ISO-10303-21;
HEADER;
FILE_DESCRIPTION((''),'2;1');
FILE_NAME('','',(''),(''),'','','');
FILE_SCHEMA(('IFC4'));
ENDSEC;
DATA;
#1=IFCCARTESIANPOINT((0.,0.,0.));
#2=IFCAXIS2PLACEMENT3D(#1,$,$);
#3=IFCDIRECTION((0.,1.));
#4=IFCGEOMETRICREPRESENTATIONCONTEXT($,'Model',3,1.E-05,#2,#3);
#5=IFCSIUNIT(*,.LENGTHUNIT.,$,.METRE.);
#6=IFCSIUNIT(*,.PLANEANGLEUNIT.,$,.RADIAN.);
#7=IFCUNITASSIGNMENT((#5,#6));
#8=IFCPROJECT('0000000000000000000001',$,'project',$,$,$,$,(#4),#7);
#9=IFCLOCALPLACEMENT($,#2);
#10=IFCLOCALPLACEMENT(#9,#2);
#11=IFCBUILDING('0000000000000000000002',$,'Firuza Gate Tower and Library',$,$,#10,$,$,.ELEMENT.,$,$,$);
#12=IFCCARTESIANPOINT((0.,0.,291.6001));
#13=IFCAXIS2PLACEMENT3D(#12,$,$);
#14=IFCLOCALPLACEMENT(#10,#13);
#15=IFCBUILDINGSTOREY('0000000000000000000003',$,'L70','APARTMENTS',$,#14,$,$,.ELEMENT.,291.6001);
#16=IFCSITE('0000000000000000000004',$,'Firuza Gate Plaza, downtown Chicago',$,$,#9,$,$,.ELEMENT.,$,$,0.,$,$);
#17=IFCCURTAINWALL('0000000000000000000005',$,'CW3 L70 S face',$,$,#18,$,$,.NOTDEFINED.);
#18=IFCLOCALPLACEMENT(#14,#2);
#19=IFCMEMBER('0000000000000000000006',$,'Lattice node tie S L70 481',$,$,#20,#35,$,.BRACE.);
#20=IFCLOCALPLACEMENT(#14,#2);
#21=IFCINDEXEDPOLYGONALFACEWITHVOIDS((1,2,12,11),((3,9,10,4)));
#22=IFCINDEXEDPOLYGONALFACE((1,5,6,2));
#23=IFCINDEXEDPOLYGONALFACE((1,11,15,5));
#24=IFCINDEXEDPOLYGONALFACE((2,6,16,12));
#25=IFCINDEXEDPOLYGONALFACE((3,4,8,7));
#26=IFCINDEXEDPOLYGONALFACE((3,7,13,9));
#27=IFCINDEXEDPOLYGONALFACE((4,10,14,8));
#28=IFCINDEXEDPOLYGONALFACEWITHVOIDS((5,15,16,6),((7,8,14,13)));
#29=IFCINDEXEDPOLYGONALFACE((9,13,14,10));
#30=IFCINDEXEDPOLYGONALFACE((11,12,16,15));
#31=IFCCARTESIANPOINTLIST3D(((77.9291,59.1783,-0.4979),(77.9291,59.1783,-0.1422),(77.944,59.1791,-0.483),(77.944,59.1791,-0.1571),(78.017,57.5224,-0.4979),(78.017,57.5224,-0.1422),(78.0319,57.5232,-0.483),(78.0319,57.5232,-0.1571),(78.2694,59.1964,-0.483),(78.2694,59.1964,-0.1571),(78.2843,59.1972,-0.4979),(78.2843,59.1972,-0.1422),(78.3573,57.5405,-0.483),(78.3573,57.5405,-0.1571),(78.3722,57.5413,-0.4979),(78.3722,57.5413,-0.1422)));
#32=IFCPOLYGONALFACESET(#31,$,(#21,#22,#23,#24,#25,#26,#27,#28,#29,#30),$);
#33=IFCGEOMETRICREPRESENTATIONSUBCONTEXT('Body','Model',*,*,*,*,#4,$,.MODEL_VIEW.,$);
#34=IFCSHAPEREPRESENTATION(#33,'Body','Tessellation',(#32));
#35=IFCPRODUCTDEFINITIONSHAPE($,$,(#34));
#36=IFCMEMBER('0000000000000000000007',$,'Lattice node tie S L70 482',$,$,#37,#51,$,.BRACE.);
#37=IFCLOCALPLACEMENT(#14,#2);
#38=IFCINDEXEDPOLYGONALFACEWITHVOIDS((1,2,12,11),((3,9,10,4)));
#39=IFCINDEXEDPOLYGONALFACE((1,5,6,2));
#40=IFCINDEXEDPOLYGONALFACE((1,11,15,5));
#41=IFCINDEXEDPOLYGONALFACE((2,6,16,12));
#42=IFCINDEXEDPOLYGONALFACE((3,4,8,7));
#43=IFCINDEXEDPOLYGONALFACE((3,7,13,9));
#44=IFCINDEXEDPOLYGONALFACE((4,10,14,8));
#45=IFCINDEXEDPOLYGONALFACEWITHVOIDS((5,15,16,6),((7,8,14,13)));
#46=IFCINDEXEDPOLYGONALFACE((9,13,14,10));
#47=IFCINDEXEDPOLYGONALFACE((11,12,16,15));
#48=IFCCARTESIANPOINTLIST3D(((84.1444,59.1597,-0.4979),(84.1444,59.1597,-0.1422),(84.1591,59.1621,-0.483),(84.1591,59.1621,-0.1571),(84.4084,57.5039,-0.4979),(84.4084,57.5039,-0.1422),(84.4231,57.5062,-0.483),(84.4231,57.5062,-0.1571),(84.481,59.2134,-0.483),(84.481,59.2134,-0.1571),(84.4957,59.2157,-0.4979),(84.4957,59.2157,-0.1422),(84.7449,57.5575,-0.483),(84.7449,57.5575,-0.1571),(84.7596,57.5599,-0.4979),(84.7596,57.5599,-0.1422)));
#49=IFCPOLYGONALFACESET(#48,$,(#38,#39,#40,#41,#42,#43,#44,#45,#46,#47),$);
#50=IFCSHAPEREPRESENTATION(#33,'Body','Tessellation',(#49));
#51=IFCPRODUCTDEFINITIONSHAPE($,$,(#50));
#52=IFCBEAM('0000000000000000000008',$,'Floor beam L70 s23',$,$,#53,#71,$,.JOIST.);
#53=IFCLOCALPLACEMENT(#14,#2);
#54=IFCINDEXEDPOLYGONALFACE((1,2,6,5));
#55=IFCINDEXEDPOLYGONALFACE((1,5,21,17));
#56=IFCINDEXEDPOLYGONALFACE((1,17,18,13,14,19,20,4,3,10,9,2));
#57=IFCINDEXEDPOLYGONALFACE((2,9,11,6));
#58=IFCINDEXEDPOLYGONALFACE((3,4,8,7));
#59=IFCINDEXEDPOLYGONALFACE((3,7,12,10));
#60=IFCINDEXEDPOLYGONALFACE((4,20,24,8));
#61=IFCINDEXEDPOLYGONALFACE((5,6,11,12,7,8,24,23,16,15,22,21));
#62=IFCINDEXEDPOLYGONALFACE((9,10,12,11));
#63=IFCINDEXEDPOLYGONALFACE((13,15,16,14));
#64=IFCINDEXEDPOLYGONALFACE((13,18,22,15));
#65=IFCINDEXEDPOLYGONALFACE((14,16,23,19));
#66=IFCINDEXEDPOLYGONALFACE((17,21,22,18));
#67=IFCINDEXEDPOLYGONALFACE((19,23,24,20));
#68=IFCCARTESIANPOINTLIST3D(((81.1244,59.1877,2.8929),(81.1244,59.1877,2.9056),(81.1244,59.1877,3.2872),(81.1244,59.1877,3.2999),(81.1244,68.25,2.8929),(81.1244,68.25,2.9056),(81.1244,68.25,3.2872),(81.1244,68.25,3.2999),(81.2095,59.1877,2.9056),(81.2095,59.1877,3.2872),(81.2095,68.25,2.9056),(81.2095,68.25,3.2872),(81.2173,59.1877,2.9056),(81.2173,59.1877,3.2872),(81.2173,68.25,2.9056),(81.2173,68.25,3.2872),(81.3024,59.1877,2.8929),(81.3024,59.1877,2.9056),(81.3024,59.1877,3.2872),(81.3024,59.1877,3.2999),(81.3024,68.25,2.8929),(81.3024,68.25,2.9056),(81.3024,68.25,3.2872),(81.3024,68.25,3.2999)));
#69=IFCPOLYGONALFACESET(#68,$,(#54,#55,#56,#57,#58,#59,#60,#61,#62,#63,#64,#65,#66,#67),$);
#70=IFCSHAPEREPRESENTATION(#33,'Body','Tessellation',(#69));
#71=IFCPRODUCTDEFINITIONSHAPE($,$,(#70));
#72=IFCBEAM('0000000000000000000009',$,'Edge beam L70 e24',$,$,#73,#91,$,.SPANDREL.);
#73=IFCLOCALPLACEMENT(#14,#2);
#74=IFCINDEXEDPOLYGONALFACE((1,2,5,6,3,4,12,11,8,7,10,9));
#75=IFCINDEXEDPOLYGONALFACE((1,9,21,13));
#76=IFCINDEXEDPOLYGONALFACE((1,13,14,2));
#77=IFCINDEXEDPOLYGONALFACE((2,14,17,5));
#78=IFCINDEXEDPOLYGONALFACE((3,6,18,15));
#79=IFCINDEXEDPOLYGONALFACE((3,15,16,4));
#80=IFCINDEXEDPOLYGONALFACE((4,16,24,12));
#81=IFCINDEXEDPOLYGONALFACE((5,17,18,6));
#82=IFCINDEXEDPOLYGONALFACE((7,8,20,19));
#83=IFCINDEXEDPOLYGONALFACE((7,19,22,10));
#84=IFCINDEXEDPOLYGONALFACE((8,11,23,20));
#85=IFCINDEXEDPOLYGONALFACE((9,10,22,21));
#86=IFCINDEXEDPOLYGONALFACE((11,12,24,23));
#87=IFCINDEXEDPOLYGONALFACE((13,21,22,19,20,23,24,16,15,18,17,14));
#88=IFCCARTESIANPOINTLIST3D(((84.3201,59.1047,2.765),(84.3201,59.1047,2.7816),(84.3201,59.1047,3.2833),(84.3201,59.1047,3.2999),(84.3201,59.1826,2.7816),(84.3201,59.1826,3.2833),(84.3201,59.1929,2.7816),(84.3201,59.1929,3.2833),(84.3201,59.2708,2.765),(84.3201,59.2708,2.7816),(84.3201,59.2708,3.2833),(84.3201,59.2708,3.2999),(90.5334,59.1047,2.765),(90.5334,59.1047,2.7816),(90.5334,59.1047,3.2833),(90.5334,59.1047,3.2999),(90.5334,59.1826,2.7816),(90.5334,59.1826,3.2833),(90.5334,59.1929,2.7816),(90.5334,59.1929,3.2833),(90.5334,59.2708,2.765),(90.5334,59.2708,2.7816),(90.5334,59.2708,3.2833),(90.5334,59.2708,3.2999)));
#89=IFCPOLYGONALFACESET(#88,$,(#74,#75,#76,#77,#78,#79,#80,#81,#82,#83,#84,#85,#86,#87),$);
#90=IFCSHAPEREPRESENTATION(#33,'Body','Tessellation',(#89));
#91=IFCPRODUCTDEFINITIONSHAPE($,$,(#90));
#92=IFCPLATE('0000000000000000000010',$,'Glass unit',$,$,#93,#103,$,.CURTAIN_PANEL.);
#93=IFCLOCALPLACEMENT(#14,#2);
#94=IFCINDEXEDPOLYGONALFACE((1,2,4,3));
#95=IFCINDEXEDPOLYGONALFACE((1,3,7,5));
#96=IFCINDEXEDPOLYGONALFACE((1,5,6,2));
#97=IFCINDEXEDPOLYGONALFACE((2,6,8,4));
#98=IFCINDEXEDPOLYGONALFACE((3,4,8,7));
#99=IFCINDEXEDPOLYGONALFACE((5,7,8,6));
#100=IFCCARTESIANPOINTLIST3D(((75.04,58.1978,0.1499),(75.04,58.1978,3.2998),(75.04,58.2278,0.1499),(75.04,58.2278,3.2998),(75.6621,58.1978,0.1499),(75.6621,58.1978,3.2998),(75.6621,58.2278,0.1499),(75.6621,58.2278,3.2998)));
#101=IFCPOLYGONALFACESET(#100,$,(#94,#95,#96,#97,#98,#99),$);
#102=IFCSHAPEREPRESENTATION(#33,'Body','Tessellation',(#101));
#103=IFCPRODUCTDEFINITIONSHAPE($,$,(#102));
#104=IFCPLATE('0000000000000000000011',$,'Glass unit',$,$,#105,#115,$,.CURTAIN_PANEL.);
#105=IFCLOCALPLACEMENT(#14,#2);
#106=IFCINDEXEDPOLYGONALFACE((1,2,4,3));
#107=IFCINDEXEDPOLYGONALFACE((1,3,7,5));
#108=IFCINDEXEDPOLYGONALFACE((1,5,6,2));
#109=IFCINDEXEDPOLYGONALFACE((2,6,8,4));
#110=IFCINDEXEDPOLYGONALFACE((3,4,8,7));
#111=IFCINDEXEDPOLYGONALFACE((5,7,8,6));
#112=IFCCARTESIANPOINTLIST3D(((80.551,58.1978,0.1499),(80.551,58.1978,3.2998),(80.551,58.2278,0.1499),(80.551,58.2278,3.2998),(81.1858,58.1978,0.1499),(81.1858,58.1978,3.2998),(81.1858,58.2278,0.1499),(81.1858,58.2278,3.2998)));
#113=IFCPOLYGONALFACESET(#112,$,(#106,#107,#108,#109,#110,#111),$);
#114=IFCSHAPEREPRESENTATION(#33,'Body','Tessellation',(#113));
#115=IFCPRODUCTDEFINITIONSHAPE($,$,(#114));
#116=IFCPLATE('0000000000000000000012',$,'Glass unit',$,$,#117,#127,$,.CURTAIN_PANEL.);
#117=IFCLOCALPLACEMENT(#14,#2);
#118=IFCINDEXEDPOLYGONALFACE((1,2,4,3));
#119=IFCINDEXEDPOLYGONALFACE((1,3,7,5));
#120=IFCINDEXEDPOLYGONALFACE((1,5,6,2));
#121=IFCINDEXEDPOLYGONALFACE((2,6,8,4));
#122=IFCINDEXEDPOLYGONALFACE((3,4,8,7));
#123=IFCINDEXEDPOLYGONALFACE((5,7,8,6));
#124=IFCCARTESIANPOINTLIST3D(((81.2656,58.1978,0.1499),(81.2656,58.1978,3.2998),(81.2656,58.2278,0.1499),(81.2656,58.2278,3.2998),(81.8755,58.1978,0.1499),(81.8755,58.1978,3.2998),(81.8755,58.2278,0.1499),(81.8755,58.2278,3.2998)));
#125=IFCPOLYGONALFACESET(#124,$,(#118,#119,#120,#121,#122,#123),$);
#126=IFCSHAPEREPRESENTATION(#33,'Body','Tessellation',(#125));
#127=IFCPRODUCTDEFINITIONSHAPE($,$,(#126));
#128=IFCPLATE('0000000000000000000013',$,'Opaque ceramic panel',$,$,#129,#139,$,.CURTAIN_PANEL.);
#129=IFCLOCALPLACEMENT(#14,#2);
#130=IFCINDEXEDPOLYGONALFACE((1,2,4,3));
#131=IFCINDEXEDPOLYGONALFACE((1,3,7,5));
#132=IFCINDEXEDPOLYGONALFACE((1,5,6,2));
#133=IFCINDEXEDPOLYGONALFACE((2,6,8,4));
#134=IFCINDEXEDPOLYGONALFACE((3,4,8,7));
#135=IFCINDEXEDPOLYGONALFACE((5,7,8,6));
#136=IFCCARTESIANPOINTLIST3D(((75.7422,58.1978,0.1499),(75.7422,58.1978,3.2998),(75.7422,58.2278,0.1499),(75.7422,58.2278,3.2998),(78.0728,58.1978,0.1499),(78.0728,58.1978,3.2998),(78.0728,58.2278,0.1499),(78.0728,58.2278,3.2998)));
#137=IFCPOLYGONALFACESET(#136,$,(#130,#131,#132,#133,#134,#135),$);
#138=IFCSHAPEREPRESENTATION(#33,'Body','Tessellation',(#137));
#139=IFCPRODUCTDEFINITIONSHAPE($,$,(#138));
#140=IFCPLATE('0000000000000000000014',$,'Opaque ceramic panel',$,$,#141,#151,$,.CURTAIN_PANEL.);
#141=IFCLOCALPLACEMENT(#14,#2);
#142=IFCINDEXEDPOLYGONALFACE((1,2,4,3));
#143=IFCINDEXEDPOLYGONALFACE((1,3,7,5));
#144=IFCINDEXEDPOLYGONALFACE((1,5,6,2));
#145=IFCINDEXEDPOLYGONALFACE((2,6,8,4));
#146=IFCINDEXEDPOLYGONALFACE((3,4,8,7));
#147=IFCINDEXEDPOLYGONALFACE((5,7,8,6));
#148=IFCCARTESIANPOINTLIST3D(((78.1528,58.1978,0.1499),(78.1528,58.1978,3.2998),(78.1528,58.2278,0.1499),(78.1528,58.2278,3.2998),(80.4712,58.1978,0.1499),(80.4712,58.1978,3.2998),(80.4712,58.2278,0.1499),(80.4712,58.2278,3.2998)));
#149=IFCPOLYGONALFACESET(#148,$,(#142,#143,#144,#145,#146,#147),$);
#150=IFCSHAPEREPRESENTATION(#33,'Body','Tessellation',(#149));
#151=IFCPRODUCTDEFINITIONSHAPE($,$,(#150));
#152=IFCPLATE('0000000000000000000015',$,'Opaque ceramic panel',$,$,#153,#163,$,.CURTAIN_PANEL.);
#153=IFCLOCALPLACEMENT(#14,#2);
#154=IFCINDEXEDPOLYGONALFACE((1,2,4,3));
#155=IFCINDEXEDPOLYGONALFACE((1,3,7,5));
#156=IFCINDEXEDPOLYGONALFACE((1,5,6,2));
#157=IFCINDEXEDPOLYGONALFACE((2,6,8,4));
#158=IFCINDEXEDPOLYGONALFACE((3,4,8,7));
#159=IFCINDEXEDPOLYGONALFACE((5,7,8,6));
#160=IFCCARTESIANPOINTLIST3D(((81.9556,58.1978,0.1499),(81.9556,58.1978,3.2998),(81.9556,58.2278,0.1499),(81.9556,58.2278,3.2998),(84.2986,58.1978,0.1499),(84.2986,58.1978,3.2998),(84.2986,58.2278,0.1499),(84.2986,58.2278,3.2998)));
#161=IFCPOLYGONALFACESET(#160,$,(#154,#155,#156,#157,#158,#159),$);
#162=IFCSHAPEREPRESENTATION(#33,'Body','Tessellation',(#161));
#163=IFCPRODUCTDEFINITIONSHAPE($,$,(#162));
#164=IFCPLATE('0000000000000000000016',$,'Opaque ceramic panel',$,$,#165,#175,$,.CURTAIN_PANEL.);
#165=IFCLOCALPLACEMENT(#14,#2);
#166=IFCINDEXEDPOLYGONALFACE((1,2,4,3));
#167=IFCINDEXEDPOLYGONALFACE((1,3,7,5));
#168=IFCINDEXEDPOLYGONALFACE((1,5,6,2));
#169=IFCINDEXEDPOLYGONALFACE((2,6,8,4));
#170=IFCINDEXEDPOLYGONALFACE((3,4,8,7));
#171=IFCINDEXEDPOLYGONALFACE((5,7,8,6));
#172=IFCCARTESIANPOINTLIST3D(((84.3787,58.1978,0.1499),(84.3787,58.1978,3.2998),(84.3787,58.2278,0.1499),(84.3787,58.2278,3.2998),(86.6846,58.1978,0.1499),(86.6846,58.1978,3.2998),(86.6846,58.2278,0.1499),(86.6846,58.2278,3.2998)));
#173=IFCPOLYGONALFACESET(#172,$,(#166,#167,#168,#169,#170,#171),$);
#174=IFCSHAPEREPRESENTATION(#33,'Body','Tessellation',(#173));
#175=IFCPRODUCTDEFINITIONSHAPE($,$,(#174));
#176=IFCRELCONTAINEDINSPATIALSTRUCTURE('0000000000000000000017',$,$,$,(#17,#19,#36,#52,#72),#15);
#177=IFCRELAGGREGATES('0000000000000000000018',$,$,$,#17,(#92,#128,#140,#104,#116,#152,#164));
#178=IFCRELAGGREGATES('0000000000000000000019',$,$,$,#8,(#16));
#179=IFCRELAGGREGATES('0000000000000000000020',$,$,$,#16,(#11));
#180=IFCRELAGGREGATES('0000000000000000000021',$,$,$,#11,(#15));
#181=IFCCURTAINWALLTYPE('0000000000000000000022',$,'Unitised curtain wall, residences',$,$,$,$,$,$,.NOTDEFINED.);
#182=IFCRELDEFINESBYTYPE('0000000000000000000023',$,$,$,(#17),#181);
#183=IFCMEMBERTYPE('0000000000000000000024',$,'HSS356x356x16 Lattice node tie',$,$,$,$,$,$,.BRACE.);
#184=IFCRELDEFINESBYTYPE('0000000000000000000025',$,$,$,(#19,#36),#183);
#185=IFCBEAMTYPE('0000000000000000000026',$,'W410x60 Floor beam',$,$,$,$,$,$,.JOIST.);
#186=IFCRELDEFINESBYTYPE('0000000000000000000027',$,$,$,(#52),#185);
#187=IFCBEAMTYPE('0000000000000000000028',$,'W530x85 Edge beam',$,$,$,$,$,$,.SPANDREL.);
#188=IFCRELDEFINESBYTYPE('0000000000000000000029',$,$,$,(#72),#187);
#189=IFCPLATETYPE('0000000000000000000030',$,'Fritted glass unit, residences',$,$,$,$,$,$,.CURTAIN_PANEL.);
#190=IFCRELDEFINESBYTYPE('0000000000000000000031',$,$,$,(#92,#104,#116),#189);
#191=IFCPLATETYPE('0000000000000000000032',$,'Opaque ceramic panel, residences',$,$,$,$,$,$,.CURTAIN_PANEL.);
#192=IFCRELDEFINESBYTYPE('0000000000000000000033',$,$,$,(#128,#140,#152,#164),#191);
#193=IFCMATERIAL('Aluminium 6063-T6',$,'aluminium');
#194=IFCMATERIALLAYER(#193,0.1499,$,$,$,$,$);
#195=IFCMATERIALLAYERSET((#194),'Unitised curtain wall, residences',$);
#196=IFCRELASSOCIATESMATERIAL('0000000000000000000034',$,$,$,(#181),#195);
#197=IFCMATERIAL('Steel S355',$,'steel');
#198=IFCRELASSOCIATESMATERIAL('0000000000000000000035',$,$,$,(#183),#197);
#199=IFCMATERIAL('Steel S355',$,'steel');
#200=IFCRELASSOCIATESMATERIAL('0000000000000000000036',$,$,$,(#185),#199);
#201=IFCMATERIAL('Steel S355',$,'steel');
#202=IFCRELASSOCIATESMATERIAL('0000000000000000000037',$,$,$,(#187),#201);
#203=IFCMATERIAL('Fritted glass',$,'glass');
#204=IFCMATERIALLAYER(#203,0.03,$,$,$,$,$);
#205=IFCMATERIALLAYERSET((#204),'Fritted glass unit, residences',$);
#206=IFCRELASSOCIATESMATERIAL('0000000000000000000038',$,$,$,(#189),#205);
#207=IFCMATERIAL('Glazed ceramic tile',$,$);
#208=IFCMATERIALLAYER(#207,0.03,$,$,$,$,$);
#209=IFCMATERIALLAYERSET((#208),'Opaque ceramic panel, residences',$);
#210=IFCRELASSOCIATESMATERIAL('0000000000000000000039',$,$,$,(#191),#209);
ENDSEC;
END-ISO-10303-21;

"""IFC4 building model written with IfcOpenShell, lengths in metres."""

from ifc_helpers import new_model, si_unit, direction, frame, origin, origin_2d, place, context, subcontext, project, spatial, polyline, hollow_rectangle, i_section, outline, extrude, material, layer, layer_set, material_profile, profile_set, type_object, element, aggregate, save


model = new_model("IFC4")

# Units and contexts
model_context = context("Model", 3, precision=1e-05, world=origin(), true_north=direction((0.0, 1.0)))
body_context = subcontext(model_context, "Body", "Model", "MODEL_VIEW")
ifc_project = project(units=[si_unit("LENGTHUNIT", "METRE"), si_unit("PLANEANGLEUNIT", "RADIAN")], contexts=[model_context])

# Site, building, storey
site_placement = place(None, origin())
site = spatial("IfcSite", under=ifc_project, at=site_placement, Name="Firuza Gate Plaza, downtown Chicago", CompositionType="ELEMENT", RefElevation=0.0)
building_placement = place(site_placement, origin())
building = spatial("IfcBuilding", under=site, at=building_placement, Name="Firuza Gate Tower and Library", CompositionType="ELEMENT")
storey_placement = place(building_placement, frame((0.0, 0.0, 291.6001)))
storey = spatial("IfcBuildingStorey", under=building, at=storey_placement, Name="L70", Description="APARTMENTS", CompositionType="ELEMENT", Elevation=291.6001)

# Curtain wall
ifc_material_1 = material(Name="Aluminium 6063-T6", Category="aluminium")
ifc_layer_1 = layer(ifc_material_1, 0.1499)
ifc_layer_set_1 = layer_set([ifc_layer_1], Name="Unitised curtain wall, residences")
curtain_wall_type = type_object("IfcCurtainWallType", Name="Unitised curtain wall, residences", PredefinedType="NOTDEFINED", material=ifc_layer_set_1)
curtain_wall_placement = place(storey_placement, origin())
curtain_wall = element("IfcCurtainWall", 1, at=curtain_wall_placement, inside=storey, type_object=curtain_wall_type, Name="CW3 L70 S face", PredefinedType="NOTDEFINED")

# Members
ifc_material_2 = material(Name="Steel S355", Category="steel")
ifc_material_profile_1 = material_profile(ifc_material_2, hollow_rectangle(XDim=0.3557, YDim=0.3557, WallThickness=0.0149, at=origin_2d()))
ifc_profile_set_1 = profile_set([ifc_material_profile_1], Name="Steel S355")
member_type_1 = type_object("IfcMemberType", Name="HSS356x356x16 Lattice node tie", PredefinedType="BRACE", material=ifc_profile_set_1)
member_1_placement = place(storey_placement, frame((78.1067, 59.1877, -0.3201), z_axis=(0.053007, -0.998594, 0.0), x_axis=(0.998594, 0.053007, 0.0)))
element("IfcMember", 2, at=member_1_placement, inside=storey, type_object=member_type_1, Name="Lattice node tie S L70 481", PredefinedType="BRACE", context=body_context, shape_type="SweptSolid", body=[
    extrude(hollow_rectangle(XDim=0.3557, YDim=0.3557, WallThickness=0.0149, at=origin_2d()), origin(), (0.0, 0.0, 1.0), 1.6582),
])
member_2_placement = place(storey_placement, frame((84.3201, 59.1877, -0.3201), z_axis=(0.157406, -0.987534, 0.0), x_axis=(0.987534, 0.157406, 0.0)))
element("IfcMember", 3, at=member_2_placement, inside=storey, type_object=member_type_1, Name="Lattice node tie S L70 482", PredefinedType="BRACE", context=body_context, shape_type="SweptSolid", body=[
    extrude(hollow_rectangle(XDim=0.3557, YDim=0.3557, WallThickness=0.0149, at=origin_2d()), origin(), (0.0, 0.0, 1.0), 1.6768),
])

# Beams
ifc_material_3 = material(Name="Steel S355", Category="steel")
ifc_material_profile_2 = material_profile(ifc_material_3, i_section(OverallWidth=0.178, OverallDepth=0.407, WebThickness=0.0078, FlangeThickness=0.0127, at=origin_2d()))
ifc_profile_set_2 = profile_set([ifc_material_profile_2], Name="Steel S355")
beam_type_1 = type_object("IfcBeamType", Name="W410x60 Floor beam", PredefinedType="JOIST", material=ifc_profile_set_2)
beam_1_placement = place(storey_placement, frame((81.2134, 59.1877, 3.0964), z_axis=(0.0, 1.0, 0.0), x_axis=(-1.0, 0.0, 0.0)))
element("IfcBeam", 4, at=beam_1_placement, inside=storey, type_object=beam_type_1, Name="Floor beam L70 s23", PredefinedType="JOIST", context=body_context, shape_type="SweptSolid", body=[
    extrude(i_section(OverallWidth=0.178, OverallDepth=0.407, WebThickness=0.0078, FlangeThickness=0.0127, at=origin_2d()), origin(), (0.0, 0.0, 1.0), 9.0623),
])
ifc_material_4 = material(Name="Steel S355", Category="steel")
ifc_material_profile_3 = material_profile(ifc_material_4, i_section(OverallWidth=0.166, OverallDepth=0.5349, WebThickness=0.0103, FlangeThickness=0.0166, at=origin_2d()))
ifc_profile_set_3 = profile_set([ifc_material_profile_3], Name="Steel S355")
beam_type_2 = type_object("IfcBeamType", Name="W530x85 Edge beam", PredefinedType="SPANDREL", material=ifc_profile_set_3)
beam_2_placement = place(storey_placement, frame((84.3201, 59.1877, 3.0325), z_axis=(1.0, 0.0, 0.0), x_axis=(0.0, 1.0, 0.0)))
element("IfcBeam", 5, at=beam_2_placement, inside=storey, type_object=beam_type_2, Name="Edge beam L70 e24", PredefinedType="SPANDREL", context=body_context, shape_type="SweptSolid", body=[
    extrude(i_section(OverallWidth=0.166, OverallDepth=0.5349, WebThickness=0.0103, FlangeThickness=0.0166, at=origin_2d()), origin(), (0.0, 0.0, 1.0), 6.2134),
])

# Plates
ifc_material_5 = material(Name="Fritted glass", Category="glass")
ifc_layer_2 = layer(ifc_material_5, 0.03)
ifc_layer_set_2 = layer_set([ifc_layer_2], Name="Fritted glass unit, residences")
plate_type_1 = type_object("IfcPlateType", Name="Fritted glass unit, residences", PredefinedType="CURTAIN_PANEL", material=ifc_layer_set_2)
plate_1_placement = place(storey_placement, frame((75.04, 58.1978, 0.1499), z_axis=(0.0, -1.0, 0.0), x_axis=(1.0, 0.0, 0.0)))
plate_1 = element("IfcPlate", 6, at=plate_1_placement, type_object=plate_type_1, Name="Glass unit", PredefinedType="CURTAIN_PANEL", context=body_context, shape_type="SweptSolid", body=[
    extrude(outline(polyline([(0.0, 0.0), (0.6221, 0.0), (0.6221, 3.1499), (0.0, 3.1499), (0.0, 0.0)])), origin(), (0.0, 0.0, -1.0), 0.03),
])
plate_2_placement = place(storey_placement, frame((80.551, 58.1978, 0.1499), z_axis=(0.0, -1.0, 0.0), x_axis=(1.0, 0.0, 0.0)))
plate_2 = element("IfcPlate", 7, at=plate_2_placement, type_object=plate_type_1, Name="Glass unit", PredefinedType="CURTAIN_PANEL", context=body_context, shape_type="SweptSolid", body=[
    extrude(outline(polyline([(0.0, 0.0), (0.6348, 0.0), (0.6348, 3.1499), (0.0, 3.1499), (0.0, 0.0)])), origin(), (0.0, 0.0, -1.0), 0.03),
])
plate_3_placement = place(storey_placement, frame((81.2656, 58.1978, 0.1499), z_axis=(0.0, -1.0, 0.0), x_axis=(1.0, 0.0, 0.0)))
plate_3 = element("IfcPlate", 8, at=plate_3_placement, type_object=plate_type_1, Name="Glass unit", PredefinedType="CURTAIN_PANEL", context=body_context, shape_type="SweptSolid", body=[
    extrude(outline(polyline([(0.0, 0.0), (0.6099, 0.0), (0.6099, 3.1499), (0.0, 3.1499), (0.0, 0.0)])), origin(), (0.0, 0.0, -1.0), 0.03),
])
ifc_material_6 = material(Name="Glazed ceramic tile")
ifc_layer_3 = layer(ifc_material_6, 0.03)
ifc_layer_set_3 = layer_set([ifc_layer_3], Name="Opaque ceramic panel, residences")
plate_type_2 = type_object("IfcPlateType", Name="Opaque ceramic panel, residences", PredefinedType="CURTAIN_PANEL", material=ifc_layer_set_3)
plate_4_placement = place(storey_placement, frame((75.7422, 58.1978, 0.1499), z_axis=(0.0, -1.0, 0.0), x_axis=(1.0, 0.0, 0.0)))
plate_4 = element("IfcPlate", 9, at=plate_4_placement, type_object=plate_type_2, Name="Opaque ceramic panel", PredefinedType="CURTAIN_PANEL", context=body_context, shape_type="SweptSolid", body=[
    extrude(outline(polyline([(0.0, 0.0), (2.3306, 0.0), (2.3306, 3.1499), (0.0, 3.1499), (0.0, 0.0)])), origin(), (0.0, 0.0, -1.0), 0.03),
])
plate_5_placement = place(storey_placement, frame((78.1528, 58.1978, 0.1499), z_axis=(0.0, -1.0, 0.0), x_axis=(1.0, 0.0, 0.0)))
plate_5 = element("IfcPlate", 10, at=plate_5_placement, type_object=plate_type_2, Name="Opaque ceramic panel", PredefinedType="CURTAIN_PANEL", context=body_context, shape_type="SweptSolid", body=[
    extrude(outline(polyline([(0.0, 0.0), (2.3184, 0.0), (2.3184, 3.1499), (0.0, 3.1499), (0.0, 0.0)])), origin(), (0.0, 0.0, -1.0), 0.03),
])
plate_6_placement = place(storey_placement, frame((81.9556, 58.1978, 0.1499), z_axis=(0.0, -1.0, 0.0), x_axis=(1.0, 0.0, 0.0)))
plate_6 = element("IfcPlate", 11, at=plate_6_placement, type_object=plate_type_2, Name="Opaque ceramic panel", PredefinedType="CURTAIN_PANEL", context=body_context, shape_type="SweptSolid", body=[
    extrude(outline(polyline([(0.0, 0.0), (2.343, 0.0), (2.343, 3.1499), (0.0, 3.1499), (0.0, 0.0)])), origin(), (0.0, 0.0, -1.0), 0.03),
])
plate_7_placement = place(storey_placement, frame((84.3787, 58.1978, 0.1499), z_axis=(0.0, -1.0, 0.0), x_axis=(1.0, 0.0, 0.0)))
plate_7 = element("IfcPlate", 12, at=plate_7_placement, type_object=plate_type_2, Name="Opaque ceramic panel", PredefinedType="CURTAIN_PANEL", context=body_context, shape_type="SweptSolid", body=[
    extrude(outline(polyline([(0.0, 0.0), (2.3059, 0.0), (2.3059, 3.1499), (0.0, 3.1499), (0.0, 0.0)])), origin(), (0.0, 0.0, -1.0), 0.03),
])
aggregate(curtain_wall, [plate_1, plate_4, plate_5, plate_2, plate_3, plate_6, plate_7])

save(model, "model.ifc")
